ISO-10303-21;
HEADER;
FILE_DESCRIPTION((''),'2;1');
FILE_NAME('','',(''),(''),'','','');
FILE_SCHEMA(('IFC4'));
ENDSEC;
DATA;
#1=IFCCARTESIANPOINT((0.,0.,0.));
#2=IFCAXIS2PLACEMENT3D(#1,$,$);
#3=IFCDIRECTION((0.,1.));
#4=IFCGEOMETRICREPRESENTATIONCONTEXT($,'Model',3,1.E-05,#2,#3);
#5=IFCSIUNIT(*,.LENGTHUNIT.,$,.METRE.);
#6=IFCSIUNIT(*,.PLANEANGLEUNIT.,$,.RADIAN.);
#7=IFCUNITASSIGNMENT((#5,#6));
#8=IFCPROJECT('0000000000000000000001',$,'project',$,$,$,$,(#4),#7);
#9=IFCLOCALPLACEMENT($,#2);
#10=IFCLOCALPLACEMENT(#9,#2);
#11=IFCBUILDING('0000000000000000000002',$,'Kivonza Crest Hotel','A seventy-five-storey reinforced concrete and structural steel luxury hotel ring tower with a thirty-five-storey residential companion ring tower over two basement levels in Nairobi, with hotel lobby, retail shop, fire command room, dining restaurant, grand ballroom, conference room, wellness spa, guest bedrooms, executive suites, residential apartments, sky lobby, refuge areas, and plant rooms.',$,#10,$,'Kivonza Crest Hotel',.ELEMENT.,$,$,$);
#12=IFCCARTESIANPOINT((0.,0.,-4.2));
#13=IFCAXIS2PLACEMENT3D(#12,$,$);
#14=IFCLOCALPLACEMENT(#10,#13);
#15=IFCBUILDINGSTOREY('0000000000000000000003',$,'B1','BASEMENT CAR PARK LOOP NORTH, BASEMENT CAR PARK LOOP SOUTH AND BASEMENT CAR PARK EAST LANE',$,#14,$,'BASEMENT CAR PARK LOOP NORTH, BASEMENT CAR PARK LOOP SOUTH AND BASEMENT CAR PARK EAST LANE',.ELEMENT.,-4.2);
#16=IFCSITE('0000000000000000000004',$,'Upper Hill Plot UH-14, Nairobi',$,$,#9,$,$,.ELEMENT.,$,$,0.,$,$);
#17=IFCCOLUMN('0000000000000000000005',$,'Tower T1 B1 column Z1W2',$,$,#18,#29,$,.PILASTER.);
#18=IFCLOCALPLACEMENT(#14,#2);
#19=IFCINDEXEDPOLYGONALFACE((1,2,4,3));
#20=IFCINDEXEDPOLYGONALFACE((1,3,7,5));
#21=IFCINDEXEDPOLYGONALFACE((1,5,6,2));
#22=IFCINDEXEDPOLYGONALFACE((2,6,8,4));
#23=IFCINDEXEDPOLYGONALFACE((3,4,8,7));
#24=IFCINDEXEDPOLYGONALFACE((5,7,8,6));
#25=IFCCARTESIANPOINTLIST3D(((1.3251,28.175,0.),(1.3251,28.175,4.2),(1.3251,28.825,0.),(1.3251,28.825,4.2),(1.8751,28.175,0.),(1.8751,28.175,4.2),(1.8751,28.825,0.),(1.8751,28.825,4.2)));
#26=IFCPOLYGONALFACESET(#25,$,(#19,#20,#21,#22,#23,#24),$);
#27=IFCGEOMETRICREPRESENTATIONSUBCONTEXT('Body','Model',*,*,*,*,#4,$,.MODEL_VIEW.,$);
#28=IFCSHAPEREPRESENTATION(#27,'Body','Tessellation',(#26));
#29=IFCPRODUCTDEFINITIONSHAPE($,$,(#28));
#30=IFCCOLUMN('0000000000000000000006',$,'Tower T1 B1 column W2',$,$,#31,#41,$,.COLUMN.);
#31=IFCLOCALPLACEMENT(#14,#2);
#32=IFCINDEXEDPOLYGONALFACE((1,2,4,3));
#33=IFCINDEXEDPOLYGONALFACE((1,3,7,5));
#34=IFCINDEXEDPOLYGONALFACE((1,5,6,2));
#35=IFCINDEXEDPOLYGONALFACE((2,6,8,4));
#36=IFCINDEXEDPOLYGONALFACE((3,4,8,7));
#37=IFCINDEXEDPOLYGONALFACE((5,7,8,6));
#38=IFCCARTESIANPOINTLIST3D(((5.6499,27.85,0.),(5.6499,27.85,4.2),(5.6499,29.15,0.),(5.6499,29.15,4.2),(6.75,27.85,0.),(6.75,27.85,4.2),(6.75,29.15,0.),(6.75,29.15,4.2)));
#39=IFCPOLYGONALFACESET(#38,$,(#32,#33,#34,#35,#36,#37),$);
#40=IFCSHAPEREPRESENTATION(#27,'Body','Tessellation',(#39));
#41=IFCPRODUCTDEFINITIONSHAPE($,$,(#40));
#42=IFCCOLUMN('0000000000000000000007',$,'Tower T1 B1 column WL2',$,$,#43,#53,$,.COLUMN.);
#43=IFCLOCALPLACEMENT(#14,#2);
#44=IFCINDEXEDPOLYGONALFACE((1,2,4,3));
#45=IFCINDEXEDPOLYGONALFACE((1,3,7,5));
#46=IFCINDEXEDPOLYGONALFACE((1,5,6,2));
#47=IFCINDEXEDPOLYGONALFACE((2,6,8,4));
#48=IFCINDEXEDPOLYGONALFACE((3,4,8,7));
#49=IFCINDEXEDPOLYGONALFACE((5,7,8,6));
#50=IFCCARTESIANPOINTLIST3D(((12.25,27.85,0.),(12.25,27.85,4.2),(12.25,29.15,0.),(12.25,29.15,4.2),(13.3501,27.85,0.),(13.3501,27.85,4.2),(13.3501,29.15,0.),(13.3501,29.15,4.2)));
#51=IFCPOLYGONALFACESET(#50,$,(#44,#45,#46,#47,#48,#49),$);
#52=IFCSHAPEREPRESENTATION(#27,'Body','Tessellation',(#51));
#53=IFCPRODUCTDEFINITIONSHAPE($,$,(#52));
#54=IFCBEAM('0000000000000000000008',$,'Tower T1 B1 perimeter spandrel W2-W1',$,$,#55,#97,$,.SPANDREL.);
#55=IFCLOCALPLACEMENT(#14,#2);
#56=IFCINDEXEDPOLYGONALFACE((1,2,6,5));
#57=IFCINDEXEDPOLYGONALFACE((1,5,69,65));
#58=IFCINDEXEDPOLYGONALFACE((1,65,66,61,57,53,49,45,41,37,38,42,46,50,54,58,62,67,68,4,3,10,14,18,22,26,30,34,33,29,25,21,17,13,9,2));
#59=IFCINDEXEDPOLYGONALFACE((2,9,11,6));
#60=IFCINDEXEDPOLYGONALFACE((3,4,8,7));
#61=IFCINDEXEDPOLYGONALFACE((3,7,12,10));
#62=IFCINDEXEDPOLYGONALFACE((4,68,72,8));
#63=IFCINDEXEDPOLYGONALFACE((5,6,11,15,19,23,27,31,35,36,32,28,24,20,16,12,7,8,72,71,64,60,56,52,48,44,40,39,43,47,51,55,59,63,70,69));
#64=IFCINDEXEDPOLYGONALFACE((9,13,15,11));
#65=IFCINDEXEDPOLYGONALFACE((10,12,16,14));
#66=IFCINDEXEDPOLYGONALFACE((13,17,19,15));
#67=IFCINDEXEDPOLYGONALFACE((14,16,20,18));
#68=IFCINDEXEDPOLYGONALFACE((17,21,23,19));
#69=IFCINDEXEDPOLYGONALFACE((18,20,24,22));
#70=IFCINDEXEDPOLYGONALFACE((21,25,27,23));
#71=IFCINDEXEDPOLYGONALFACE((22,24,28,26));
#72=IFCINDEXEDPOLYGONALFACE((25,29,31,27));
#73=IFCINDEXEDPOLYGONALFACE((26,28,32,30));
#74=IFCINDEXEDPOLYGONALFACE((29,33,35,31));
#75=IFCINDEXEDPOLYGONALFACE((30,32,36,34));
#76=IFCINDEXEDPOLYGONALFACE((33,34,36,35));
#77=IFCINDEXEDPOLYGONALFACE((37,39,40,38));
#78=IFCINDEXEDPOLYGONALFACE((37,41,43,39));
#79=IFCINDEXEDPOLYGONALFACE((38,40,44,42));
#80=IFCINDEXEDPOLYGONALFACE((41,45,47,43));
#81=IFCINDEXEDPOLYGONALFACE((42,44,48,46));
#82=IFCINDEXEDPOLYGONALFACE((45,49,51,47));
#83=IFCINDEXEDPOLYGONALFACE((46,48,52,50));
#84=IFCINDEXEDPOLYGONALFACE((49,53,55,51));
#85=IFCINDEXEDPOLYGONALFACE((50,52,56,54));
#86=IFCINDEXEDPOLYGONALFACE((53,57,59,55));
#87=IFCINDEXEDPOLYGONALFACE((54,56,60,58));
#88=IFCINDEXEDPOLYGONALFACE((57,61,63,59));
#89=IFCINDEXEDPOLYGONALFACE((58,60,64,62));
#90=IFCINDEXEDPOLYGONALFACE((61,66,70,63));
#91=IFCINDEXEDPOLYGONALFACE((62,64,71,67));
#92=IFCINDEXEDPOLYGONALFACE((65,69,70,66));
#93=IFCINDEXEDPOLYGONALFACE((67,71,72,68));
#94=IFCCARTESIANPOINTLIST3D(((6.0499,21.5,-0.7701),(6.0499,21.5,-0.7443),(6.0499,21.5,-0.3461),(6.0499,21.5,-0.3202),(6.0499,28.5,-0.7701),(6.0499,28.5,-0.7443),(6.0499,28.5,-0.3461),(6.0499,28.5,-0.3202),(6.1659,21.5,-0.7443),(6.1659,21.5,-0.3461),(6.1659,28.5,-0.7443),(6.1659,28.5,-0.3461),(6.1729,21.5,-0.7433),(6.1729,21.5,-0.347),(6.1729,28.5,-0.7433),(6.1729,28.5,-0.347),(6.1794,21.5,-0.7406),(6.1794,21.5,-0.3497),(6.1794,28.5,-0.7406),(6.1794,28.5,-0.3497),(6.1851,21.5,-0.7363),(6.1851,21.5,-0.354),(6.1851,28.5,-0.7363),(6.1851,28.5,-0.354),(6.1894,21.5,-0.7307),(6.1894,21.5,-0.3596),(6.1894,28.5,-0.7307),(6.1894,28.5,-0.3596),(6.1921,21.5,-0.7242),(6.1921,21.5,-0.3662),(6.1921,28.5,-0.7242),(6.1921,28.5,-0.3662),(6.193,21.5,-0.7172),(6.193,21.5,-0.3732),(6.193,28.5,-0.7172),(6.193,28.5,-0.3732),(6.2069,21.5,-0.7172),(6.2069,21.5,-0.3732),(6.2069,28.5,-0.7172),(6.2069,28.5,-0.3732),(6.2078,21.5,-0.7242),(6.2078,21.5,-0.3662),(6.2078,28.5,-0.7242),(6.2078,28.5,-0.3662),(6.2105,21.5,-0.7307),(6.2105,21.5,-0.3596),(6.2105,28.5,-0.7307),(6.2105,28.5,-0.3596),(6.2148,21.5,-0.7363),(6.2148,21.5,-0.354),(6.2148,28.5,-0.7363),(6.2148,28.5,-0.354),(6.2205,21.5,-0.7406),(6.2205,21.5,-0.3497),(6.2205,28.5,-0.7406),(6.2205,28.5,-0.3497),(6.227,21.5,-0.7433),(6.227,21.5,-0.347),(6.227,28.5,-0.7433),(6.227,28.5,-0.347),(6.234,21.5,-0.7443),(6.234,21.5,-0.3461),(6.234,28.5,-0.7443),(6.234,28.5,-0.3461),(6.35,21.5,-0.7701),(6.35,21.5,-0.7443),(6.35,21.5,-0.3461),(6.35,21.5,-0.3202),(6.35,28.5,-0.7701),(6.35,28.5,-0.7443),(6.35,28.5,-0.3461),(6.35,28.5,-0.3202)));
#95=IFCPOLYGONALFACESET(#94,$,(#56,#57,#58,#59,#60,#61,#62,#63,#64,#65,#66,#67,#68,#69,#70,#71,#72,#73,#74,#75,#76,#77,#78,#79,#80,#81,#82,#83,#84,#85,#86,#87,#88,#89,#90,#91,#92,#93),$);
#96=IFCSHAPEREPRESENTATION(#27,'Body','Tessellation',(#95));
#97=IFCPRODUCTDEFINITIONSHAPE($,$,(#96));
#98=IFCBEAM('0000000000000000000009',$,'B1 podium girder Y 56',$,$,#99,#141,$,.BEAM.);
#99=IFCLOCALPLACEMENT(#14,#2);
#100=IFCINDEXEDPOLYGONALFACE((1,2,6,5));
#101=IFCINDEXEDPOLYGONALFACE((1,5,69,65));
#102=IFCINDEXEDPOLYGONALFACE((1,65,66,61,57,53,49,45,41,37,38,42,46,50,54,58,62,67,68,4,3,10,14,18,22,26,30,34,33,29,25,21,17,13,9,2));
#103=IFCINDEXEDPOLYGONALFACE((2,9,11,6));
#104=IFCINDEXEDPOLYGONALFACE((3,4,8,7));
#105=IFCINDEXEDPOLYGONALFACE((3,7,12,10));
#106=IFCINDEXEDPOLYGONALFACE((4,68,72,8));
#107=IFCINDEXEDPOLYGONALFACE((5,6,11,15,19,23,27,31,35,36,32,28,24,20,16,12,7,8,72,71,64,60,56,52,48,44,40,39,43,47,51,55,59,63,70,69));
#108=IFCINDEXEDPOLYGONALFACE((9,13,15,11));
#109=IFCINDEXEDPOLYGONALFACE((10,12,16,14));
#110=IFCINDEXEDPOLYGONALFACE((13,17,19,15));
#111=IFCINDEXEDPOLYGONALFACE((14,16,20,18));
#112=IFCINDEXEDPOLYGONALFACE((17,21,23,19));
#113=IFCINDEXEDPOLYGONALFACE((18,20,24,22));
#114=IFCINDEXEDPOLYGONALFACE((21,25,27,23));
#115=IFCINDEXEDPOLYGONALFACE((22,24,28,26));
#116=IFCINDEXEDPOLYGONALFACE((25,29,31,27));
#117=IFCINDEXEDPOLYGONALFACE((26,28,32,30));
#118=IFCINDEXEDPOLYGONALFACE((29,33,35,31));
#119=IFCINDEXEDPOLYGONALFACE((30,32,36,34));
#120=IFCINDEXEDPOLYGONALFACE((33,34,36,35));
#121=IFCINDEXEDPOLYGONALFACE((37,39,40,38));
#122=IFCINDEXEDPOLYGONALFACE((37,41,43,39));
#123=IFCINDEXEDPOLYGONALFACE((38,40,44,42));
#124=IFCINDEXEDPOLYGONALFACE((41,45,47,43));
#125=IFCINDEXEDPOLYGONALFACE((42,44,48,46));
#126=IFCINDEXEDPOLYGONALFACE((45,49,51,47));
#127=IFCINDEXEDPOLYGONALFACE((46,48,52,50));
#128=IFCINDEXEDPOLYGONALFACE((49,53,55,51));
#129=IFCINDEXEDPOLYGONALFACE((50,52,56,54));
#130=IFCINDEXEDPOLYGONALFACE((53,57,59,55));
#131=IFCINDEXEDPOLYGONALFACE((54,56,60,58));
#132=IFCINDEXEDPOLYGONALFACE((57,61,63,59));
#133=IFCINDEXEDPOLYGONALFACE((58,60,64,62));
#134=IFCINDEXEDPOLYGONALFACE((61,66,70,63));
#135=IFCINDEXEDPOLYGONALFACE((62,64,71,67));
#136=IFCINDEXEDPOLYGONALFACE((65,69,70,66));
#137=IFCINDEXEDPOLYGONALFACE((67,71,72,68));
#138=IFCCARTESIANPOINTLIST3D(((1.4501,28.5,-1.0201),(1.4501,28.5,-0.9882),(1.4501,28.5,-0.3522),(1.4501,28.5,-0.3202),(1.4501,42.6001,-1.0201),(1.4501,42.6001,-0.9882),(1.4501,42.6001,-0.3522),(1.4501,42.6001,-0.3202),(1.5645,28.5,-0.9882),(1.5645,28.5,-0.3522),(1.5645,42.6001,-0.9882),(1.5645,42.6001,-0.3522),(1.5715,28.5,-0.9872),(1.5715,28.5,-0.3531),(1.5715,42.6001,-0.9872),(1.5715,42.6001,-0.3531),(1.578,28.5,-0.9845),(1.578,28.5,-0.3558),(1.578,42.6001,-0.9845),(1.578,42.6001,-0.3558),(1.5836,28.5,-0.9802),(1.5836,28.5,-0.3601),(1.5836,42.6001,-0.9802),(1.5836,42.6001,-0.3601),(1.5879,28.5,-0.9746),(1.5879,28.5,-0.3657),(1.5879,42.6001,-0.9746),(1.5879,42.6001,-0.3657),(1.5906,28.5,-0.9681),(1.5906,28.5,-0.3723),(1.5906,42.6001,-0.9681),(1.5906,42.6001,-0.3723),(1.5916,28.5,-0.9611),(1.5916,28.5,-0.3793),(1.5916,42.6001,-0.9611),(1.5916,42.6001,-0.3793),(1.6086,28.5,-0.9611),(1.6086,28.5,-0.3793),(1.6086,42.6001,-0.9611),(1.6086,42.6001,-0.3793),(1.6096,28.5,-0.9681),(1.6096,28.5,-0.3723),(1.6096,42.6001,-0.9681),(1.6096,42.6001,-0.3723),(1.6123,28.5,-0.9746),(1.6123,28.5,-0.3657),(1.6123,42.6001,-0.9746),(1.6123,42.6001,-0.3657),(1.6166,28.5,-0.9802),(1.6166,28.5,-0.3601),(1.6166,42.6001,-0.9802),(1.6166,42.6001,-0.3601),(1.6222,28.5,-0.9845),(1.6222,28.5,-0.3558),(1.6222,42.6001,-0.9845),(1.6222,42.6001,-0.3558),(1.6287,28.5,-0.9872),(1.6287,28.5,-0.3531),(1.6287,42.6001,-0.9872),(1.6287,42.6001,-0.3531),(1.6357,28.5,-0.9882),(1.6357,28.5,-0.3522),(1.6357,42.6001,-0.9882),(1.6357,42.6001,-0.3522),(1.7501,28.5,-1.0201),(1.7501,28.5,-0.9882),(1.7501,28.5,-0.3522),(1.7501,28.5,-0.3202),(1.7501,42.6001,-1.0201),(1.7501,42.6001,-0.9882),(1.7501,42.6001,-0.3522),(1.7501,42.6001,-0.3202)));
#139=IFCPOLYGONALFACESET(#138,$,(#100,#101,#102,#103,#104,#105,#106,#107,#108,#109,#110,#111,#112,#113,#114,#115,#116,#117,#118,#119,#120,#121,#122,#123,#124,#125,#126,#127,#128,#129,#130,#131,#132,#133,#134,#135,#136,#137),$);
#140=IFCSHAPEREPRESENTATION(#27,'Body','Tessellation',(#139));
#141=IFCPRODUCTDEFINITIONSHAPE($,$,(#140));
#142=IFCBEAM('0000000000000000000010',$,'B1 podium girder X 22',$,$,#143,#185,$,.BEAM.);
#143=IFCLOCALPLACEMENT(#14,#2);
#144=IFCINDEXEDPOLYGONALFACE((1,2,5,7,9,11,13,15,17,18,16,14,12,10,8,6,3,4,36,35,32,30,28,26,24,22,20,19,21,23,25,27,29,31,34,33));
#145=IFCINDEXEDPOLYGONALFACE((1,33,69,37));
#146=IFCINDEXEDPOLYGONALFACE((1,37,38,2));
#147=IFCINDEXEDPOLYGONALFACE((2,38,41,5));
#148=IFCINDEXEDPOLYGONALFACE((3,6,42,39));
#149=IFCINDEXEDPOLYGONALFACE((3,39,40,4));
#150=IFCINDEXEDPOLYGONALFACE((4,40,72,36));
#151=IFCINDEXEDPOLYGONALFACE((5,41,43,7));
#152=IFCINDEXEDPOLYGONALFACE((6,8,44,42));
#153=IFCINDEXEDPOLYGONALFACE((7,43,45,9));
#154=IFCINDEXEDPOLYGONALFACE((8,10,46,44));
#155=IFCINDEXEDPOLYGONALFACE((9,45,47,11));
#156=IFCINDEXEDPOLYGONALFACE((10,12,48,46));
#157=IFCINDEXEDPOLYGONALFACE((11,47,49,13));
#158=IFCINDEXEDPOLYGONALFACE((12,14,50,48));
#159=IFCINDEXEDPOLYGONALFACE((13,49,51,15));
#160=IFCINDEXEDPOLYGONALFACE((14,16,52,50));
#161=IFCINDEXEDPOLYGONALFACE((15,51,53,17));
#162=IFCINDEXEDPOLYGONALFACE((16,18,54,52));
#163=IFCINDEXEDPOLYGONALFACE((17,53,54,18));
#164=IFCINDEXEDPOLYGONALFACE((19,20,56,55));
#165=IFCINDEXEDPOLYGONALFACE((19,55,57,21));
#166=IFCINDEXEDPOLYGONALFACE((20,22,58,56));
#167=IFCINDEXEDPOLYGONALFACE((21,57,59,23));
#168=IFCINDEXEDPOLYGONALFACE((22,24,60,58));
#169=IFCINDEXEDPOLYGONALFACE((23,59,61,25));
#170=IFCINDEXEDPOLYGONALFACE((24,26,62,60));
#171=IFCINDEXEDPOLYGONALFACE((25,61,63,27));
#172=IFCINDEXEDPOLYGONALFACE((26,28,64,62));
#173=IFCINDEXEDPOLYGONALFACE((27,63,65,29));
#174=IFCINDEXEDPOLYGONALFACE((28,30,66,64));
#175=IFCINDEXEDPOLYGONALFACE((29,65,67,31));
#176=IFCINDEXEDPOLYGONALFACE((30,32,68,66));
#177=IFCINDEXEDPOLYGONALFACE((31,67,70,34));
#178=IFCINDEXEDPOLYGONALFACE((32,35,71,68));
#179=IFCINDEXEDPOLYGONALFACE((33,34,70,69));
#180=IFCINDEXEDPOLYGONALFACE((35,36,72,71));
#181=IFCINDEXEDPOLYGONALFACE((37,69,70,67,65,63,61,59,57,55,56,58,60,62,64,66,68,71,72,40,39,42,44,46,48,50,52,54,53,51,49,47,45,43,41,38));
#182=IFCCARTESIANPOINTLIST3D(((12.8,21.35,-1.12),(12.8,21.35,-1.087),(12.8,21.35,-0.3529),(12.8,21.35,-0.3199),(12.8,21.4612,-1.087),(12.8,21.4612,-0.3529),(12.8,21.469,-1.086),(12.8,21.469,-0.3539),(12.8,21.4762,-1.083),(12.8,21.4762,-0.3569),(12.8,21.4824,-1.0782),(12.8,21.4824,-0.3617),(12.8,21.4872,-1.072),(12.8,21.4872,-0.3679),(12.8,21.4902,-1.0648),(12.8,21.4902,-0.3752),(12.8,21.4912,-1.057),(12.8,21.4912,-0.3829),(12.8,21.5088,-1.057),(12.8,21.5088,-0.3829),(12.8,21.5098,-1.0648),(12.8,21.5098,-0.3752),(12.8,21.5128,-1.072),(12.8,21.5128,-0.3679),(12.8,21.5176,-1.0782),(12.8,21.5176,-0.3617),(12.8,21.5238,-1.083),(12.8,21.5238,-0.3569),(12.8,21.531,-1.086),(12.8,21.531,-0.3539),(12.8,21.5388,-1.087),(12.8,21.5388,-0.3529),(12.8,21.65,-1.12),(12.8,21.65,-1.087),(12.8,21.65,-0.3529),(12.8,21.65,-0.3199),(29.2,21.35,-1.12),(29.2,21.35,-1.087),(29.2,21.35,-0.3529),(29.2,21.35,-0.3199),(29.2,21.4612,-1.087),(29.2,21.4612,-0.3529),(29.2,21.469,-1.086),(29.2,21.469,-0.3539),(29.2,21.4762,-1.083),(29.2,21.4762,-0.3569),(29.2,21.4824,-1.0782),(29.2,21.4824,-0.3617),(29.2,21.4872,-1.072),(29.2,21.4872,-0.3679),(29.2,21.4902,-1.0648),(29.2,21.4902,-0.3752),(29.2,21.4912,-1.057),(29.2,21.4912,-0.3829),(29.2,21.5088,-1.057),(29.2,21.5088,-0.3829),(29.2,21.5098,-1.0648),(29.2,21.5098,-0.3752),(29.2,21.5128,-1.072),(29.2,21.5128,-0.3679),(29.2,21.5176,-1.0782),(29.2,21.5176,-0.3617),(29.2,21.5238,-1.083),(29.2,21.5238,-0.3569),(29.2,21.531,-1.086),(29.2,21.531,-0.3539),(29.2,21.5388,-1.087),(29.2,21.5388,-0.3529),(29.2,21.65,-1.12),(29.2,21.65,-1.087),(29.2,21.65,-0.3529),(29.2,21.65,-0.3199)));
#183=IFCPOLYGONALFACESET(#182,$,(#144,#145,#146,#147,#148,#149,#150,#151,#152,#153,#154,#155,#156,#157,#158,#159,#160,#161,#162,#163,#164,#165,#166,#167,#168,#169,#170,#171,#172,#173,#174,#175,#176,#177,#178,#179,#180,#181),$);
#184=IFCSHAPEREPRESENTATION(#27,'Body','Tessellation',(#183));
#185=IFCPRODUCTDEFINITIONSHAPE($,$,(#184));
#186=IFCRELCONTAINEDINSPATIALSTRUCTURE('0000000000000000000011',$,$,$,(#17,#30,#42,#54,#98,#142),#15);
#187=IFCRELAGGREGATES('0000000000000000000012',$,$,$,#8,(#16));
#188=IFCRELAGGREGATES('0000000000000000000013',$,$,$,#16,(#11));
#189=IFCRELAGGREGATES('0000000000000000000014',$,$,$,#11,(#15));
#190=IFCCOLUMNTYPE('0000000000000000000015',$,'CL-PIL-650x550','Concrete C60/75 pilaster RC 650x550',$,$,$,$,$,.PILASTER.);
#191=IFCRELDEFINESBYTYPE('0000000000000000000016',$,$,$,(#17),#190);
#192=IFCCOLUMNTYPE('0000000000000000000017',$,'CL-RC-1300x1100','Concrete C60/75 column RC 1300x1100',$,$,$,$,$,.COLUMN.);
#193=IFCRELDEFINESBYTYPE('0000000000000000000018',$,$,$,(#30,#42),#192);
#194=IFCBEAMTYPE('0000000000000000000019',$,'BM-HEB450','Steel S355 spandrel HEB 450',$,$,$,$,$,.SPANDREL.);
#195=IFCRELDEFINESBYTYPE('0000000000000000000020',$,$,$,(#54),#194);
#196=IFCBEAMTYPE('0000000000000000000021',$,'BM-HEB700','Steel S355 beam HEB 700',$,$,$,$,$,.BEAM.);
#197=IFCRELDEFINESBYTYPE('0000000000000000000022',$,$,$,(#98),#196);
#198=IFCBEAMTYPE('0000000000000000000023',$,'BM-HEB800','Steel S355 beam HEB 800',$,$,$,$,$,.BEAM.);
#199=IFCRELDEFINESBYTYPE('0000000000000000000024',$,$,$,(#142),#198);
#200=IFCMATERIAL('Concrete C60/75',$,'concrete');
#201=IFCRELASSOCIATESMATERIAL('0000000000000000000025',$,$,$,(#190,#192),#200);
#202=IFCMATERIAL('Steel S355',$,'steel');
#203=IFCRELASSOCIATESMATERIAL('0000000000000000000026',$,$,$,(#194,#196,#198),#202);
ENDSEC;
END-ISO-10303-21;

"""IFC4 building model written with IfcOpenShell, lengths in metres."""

from ifc_helpers import new_model, si_unit, direction, frame, origin, origin_2d, place, context, subcontext, project, spatial, rectangle, i_section, extrude, material, material_profile, profile_set, type_object, element, save


model = new_model("IFC4")

# Units and contexts
model_context = context("Model", 3, precision=1e-05, world=origin(), true_north=direction((0.0, 1.0)))
body_context = subcontext(model_context, "Body", "Model", "MODEL_VIEW")
ifc_project = project(units=[si_unit("LENGTHUNIT", "METRE"), si_unit("PLANEANGLEUNIT", "RADIAN")], contexts=[model_context])

# Site, building, storey
site_placement = place(None, origin())
site = spatial("IfcSite", under=ifc_project, at=site_placement, Name="Upper Hill Plot UH-14, Nairobi", CompositionType="ELEMENT", RefElevation=0.0)
building_placement = place(site_placement, origin())
building = spatial("IfcBuilding", under=site, at=building_placement, Name="Kivonza Crest Hotel", Description="A seventy-five-storey reinforced concrete and structural steel luxury hotel ring tower with a thirty-five-storey residential companion ring tower over two basement levels in Nairobi, with hotel lobby, retail shop, fire command room, dining restaurant, grand ballroom, conference room, wellness spa, guest bedrooms, executive suites, residential apartments, sky lobby, refuge areas, and plant rooms.", LongName="Kivonza Crest Hotel", CompositionType="ELEMENT")
storey_placement = place(building_placement, frame((0.0, 0.0, -4.2)))
storey = spatial("IfcBuildingStorey", under=building, at=storey_placement, Name="B1", Description="BASEMENT CAR PARK LOOP NORTH, BASEMENT CAR PARK LOOP SOUTH AND BASEMENT CAR PARK EAST LANE", LongName="BASEMENT CAR PARK LOOP NORTH, BASEMENT CAR PARK LOOP SOUTH AND BASEMENT CAR PARK EAST LANE", CompositionType="ELEMENT", Elevation=-4.2)

# Columns
ifc_material_1 = material(Name="Concrete C60/75", Category="concrete")
ifc_material_profile_1 = material_profile(ifc_material_1, rectangle(XDim=0.55, YDim=0.6499, at=origin_2d()), Name="RC 650x550")
ifc_profile_set_1 = profile_set([ifc_material_profile_1], Name="Concrete C60/75")
column_type_1 = type_object("IfcColumnType", Name="CL-PIL-650x550", Description="Concrete C60/75 pilaster RC 650x550", PredefinedType="PILASTER", material=ifc_profile_set_1)
column_placement = place(storey_placement, frame((1.6001, 28.5, 0.0), z_axis=(0.0, 0.0, 1.0), x_axis=(1.0, 0.0, 0.0)))
element("IfcColumn", 1, at=column_placement, inside=storey, type_object=column_type_1, Name="Tower T1 B1 column Z1W2", PredefinedType="PILASTER", context=body_context, shape_type="SweptSolid", body=[
    extrude(rectangle(XDim=0.55, YDim=0.6499, at=origin_2d()), origin(), (0.0, 0.0, 1.0), 4.2),
])
ifc_material_profile_2 = material_profile(ifc_material_1, rectangle(XDim=1.1001, YDim=1.3, at=origin_2d()), Name="RC 1300x1100")
ifc_profile_set_2 = profile_set([ifc_material_profile_2], Name="Concrete C60/75")
column_type_2 = type_object("IfcColumnType", Name="CL-RC-1300x1100", Description="Concrete C60/75 column RC 1300x1100", PredefinedType="COLUMN", material=ifc_profile_set_2)
for number, where, z_axis, x_axis, name in (
    (2, (6.2, 28.5, 0.0), (0.0, 0.0, 1.0), (1.0, 0.0, 0.0), "Tower T1 B1 column W2"),
    (3, (12.8, 28.5, 0.0), (0.0, 0.0, 1.0), (1.0, 0.0, 0.0), "Tower T1 B1 column WL2"),
):
    element("IfcColumn", number, at=place(storey_placement, frame(where, z_axis=z_axis, x_axis=x_axis)), inside=storey, type_object=column_type_2, Name=name, PredefinedType="COLUMN", context=body_context, shape_type="SweptSolid", body=[
        extrude(rectangle(XDim=1.1001, YDim=1.3, at=origin_2d()), origin(), (0.0, 0.0, 1.0), 4.2),
    ])

# Beams
ifc_material_2 = material(Name="Steel S355", Category="steel")
ifc_material_profile_3 = material_profile(ifc_material_2, i_section(OverallWidth=0.3, OverallDepth=0.45, WebThickness=0.0139, FlangeThickness=0.0259, FilletRadius=0.0271, at=origin_2d()), Name="HEB 450")
ifc_profile_set_3 = profile_set([ifc_material_profile_3], Name="Steel S355")
beam_type_1 = type_object("IfcBeamType", Name="BM-HEB450", Description="Steel S355 spandrel HEB 450", PredefinedType="SPANDREL", material=ifc_profile_set_3)
beam_1_placement = place(storey_placement, frame((6.2, 28.5, -0.5452), z_axis=(0.0, -1.0, 0.0), x_axis=(1.0, 0.0, 0.0)))
element("IfcBeam", 4, at=beam_1_placement, inside=storey, type_object=beam_type_1, Name="Tower T1 B1 perimeter spandrel W2-W1", PredefinedType="SPANDREL", context=body_context, shape_type="SweptSolid", body=[
    extrude(i_section(OverallWidth=0.3, OverallDepth=0.45, WebThickness=0.0139, FlangeThickness=0.0259, FilletRadius=0.0271, at=origin_2d()), origin(), (0.0, 0.0, 1.0), 7.0),
])
ifc_material_profile_4 = material_profile(ifc_material_2, i_section(OverallWidth=0.3, OverallDepth=0.7, WebThickness=0.0171, FlangeThickness=0.032, FilletRadius=0.0271, at=origin_2d()), Name="HEB 700")
ifc_profile_set_4 = profile_set([ifc_material_profile_4], Name="Steel S355")
beam_type_2 = type_object("IfcBeamType", Name="BM-HEB700", Description="Steel S355 beam HEB 700", PredefinedType="BEAM", material=ifc_profile_set_4)
beam_2_placement = place(storey_placement, frame((1.6001, 28.5, -0.6702), z_axis=(0.0, 1.0, 0.0), x_axis=(-1.0, 0.0, 0.0)))
element("IfcBeam", 5, at=beam_2_placement, inside=storey, type_object=beam_type_2, Name="B1 podium girder Y 56", PredefinedType="BEAM", context=body_context, shape_type="SweptSolid", body=[
    extrude(i_section(OverallWidth=0.3, OverallDepth=0.7, WebThickness=0.0171, FlangeThickness=0.032, FilletRadius=0.0271, at=origin_2d()), origin(), (0.0, 0.0, 1.0), 14.1001),
])
ifc_material_profile_5 = material_profile(ifc_material_2, i_section(OverallWidth=0.3, OverallDepth=0.8, WebThickness=0.0176, FlangeThickness=0.033, FilletRadius=0.03, at=origin_2d()), Name="HEB 800")
ifc_profile_set_5 = profile_set([ifc_material_profile_5], Name="Steel S355")
beam_type_3 = type_object("IfcBeamType", Name="BM-HEB800", Description="Steel S355 beam HEB 800", PredefinedType="BEAM", material=ifc_profile_set_5)
for number, where, z_axis, x_axis, name in (
    (6, (12.8, 21.5, -0.72), (1.0, 0.0, 0.0), (0.0, 1.0, 0.0), "B1 podium girder X 22"),
):
    element("IfcBeam", number, at=place(storey_placement, frame(where, z_axis=z_axis, x_axis=x_axis)), inside=storey, type_object=beam_type_3, Name=name, PredefinedType="BEAM", context=body_context, shape_type="SweptSolid", body=[
        extrude(i_section(OverallWidth=0.3, OverallDepth=0.8, WebThickness=0.0176, FlangeThickness=0.033, FilletRadius=0.03, at=origin_2d()), origin(), (0.0, 0.0, 1.0), 16.3999),
    ])

save(model, "model.ifc")
